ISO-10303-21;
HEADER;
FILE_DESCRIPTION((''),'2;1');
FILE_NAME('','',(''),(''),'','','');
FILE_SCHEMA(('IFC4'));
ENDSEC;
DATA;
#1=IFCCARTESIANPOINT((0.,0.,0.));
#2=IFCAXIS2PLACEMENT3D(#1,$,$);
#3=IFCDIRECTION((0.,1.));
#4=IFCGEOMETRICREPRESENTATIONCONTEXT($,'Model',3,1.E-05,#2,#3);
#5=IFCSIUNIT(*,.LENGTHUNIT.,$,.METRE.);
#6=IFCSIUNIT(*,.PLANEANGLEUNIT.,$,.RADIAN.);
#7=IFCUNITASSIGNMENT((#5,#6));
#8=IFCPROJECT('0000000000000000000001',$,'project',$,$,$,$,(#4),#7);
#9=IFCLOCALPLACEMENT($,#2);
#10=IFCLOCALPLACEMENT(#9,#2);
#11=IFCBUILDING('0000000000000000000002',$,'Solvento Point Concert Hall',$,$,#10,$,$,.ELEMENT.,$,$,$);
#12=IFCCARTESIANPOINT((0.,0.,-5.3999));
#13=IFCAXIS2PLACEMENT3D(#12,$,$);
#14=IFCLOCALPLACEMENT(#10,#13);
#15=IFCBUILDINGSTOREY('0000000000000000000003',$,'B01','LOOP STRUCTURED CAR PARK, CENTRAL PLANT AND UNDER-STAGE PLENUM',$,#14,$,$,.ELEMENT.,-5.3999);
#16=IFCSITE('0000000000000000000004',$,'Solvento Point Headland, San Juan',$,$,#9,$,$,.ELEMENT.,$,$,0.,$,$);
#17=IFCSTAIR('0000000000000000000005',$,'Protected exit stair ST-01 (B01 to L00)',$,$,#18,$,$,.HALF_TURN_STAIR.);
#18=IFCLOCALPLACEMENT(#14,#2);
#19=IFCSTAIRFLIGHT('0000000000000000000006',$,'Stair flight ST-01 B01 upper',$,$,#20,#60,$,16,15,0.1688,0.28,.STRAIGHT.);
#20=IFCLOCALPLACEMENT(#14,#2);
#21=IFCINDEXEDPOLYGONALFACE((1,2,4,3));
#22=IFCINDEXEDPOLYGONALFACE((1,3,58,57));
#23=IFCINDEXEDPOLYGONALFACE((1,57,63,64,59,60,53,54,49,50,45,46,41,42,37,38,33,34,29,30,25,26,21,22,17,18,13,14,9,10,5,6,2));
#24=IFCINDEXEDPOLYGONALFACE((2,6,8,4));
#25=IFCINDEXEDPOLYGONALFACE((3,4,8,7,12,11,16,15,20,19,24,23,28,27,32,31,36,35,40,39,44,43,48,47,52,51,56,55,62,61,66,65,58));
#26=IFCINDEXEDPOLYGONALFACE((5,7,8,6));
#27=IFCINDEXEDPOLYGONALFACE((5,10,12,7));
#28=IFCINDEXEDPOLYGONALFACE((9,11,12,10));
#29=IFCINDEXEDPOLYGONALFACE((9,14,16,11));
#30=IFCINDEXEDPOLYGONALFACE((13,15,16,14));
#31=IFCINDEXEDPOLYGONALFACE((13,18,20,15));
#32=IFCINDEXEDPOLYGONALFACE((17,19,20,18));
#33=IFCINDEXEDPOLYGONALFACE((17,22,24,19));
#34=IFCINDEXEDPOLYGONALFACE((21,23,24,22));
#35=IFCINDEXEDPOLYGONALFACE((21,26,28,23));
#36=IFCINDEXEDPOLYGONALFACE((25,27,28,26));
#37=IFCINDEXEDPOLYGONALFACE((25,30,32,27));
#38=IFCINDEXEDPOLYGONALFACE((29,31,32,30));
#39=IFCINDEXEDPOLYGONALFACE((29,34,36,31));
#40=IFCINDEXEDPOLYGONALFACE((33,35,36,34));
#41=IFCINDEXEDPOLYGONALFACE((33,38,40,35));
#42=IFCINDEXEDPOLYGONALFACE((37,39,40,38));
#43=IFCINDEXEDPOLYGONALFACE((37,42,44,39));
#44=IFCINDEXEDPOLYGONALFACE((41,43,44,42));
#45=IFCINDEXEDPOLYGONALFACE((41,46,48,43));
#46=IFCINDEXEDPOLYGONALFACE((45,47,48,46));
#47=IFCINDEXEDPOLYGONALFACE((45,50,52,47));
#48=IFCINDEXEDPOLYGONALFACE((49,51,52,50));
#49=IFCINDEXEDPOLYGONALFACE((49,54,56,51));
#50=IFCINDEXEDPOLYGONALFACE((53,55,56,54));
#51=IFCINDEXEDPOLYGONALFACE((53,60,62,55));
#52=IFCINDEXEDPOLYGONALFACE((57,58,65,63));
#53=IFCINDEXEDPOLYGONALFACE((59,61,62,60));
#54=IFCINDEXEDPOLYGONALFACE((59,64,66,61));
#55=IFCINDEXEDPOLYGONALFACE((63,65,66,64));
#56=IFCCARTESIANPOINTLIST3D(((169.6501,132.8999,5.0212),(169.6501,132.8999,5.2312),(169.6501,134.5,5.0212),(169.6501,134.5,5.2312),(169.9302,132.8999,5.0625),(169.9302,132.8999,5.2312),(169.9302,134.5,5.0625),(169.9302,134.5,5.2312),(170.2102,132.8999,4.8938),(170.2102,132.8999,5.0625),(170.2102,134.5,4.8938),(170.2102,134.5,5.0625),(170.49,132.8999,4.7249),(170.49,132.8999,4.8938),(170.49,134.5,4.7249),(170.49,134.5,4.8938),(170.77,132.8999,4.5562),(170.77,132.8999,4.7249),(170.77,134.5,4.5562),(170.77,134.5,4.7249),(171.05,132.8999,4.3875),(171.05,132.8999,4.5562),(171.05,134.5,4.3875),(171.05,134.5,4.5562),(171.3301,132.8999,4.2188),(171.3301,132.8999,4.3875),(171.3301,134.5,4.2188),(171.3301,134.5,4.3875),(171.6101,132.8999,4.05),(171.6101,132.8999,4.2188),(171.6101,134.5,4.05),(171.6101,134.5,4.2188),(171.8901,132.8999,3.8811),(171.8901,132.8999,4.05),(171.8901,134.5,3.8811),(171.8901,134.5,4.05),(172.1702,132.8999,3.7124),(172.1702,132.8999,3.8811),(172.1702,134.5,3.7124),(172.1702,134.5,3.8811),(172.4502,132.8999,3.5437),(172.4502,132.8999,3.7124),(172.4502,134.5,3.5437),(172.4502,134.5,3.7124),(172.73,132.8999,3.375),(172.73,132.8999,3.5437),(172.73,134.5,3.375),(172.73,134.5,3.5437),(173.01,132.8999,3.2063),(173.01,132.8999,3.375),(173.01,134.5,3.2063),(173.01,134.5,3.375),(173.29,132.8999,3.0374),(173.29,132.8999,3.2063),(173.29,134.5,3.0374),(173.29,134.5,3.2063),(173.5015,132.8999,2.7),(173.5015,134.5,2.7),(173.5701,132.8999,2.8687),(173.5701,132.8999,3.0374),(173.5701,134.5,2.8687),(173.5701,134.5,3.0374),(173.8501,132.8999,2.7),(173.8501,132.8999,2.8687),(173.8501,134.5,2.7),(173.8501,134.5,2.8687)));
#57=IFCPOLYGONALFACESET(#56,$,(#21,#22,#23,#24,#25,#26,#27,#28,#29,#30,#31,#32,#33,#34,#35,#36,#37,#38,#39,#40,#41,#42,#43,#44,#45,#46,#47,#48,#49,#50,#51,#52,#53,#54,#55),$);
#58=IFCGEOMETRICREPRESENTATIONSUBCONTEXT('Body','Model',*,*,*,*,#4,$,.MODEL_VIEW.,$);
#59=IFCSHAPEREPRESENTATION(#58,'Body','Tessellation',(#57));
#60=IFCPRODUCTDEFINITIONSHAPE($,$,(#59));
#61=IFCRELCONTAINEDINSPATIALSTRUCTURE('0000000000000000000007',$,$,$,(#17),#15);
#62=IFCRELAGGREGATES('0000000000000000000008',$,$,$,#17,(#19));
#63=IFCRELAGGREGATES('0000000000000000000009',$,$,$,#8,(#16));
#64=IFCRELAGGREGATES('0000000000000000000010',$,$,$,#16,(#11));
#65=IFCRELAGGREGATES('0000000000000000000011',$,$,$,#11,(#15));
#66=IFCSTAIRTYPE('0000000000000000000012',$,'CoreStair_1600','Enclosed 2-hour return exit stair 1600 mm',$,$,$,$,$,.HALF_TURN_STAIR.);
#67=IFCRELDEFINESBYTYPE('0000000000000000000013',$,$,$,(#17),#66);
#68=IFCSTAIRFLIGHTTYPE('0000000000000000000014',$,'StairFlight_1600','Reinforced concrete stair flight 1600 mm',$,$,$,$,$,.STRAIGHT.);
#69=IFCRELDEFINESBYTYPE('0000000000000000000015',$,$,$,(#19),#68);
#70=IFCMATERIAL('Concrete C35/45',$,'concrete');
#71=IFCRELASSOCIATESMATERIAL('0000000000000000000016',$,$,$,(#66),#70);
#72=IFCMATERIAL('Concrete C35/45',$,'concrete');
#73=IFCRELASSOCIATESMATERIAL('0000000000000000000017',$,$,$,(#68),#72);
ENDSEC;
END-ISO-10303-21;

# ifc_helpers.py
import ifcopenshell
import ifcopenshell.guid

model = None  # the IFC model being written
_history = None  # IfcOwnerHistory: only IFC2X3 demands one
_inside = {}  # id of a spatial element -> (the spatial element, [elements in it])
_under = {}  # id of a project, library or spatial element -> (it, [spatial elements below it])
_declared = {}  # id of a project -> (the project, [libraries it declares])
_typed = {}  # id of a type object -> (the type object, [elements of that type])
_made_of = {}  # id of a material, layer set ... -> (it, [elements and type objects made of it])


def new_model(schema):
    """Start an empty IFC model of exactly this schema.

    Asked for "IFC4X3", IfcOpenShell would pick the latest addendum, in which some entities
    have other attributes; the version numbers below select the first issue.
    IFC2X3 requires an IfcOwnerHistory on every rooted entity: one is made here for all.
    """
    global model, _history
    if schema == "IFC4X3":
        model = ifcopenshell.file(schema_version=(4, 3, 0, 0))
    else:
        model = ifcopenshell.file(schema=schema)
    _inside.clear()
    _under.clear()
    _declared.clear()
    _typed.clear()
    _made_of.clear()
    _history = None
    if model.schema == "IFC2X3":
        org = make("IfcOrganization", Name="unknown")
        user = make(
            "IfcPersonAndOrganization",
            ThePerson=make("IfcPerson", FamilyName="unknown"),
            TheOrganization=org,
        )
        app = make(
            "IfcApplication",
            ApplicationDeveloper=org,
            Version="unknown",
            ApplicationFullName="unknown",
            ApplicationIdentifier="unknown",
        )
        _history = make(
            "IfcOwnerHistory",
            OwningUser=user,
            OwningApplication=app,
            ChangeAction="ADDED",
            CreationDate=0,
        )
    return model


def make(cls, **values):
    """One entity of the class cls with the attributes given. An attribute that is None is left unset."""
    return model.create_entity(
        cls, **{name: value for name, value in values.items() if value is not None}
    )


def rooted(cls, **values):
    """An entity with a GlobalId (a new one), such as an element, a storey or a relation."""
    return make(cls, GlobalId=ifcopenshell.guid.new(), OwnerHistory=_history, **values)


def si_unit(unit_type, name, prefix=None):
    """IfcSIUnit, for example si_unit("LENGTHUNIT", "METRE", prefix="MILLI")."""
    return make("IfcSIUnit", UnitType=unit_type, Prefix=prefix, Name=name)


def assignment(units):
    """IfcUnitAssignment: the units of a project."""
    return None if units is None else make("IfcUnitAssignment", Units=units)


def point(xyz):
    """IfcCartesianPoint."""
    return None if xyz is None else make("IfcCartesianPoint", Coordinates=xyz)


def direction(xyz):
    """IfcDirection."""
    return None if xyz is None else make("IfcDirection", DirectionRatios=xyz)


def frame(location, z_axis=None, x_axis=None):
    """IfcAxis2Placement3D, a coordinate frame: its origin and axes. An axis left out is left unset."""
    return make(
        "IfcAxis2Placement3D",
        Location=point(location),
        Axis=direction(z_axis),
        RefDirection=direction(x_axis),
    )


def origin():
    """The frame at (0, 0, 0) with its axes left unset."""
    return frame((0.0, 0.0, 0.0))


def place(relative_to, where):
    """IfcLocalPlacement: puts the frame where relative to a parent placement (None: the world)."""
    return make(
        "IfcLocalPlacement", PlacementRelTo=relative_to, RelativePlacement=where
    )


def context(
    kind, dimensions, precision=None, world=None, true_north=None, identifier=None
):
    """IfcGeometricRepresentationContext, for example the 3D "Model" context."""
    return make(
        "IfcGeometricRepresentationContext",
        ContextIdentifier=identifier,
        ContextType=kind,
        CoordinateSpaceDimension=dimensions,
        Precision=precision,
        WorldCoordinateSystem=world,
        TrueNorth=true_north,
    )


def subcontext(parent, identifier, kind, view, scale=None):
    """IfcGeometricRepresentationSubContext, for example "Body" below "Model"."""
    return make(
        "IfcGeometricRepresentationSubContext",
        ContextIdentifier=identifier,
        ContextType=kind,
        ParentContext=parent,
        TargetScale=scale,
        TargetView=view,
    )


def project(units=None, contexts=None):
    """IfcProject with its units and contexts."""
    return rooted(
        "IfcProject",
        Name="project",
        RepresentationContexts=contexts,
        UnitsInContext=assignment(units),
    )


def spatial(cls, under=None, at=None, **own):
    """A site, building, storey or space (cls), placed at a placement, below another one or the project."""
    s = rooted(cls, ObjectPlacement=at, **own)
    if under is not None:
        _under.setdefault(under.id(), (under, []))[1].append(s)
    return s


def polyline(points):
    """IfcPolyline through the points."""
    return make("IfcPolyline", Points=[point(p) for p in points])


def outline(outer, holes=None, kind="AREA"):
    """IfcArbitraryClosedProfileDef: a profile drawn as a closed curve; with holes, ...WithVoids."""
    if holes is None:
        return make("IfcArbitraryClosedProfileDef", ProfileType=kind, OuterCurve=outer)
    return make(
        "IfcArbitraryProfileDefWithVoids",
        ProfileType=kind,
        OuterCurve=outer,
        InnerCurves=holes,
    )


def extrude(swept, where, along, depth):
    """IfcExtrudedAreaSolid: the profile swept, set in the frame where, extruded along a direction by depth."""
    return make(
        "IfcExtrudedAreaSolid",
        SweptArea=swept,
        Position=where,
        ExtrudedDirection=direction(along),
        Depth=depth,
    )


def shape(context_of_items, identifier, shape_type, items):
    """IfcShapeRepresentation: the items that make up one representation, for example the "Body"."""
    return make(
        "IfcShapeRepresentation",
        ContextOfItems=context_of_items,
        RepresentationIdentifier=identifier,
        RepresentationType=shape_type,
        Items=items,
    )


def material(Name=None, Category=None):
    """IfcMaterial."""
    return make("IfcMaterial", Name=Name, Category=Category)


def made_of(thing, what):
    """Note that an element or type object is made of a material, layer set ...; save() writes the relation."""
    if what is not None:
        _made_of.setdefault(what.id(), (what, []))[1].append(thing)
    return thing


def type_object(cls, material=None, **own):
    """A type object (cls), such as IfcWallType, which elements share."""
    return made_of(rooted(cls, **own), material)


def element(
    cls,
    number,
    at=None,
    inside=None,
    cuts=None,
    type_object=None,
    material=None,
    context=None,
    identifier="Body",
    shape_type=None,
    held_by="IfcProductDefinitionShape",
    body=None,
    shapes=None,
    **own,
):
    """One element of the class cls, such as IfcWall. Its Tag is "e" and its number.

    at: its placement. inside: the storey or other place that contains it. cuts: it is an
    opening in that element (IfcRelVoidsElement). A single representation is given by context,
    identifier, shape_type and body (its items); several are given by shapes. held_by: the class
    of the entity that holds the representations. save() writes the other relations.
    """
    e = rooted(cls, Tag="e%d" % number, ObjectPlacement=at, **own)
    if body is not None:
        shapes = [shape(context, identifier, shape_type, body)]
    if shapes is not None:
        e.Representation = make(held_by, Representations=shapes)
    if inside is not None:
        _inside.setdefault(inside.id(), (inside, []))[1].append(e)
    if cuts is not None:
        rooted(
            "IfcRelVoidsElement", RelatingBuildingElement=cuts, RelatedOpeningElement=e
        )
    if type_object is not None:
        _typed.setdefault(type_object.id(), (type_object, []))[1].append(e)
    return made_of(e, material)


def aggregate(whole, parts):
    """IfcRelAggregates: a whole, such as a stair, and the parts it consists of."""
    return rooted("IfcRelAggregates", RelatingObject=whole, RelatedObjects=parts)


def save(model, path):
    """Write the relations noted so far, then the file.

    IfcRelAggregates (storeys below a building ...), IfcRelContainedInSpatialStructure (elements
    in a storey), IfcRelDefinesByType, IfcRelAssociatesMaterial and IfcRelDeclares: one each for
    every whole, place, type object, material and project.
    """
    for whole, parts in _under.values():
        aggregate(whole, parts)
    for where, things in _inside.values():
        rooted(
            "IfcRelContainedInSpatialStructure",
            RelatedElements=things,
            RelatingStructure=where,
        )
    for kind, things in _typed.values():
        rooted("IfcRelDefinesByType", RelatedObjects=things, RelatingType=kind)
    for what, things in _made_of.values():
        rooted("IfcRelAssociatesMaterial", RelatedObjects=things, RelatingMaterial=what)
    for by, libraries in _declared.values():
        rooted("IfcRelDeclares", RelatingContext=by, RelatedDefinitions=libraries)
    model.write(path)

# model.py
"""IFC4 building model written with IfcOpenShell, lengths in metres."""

from ifc_helpers import new_model, si_unit, direction, frame, origin, place, context, subcontext, project, spatial, polyline, outline, extrude, material, type_object, element, aggregate, save


model = new_model("IFC4")

# Units and contexts
model_context = context("Model", 3, precision=1e-05, world=origin(), true_north=direction((0.0, 1.0)))
body_context = subcontext(model_context, "Body", "Model", "MODEL_VIEW")
ifc_project = project(units=[si_unit("LENGTHUNIT", "METRE"), si_unit("PLANEANGLEUNIT", "RADIAN")], contexts=[model_context])

# Site, building, storey
site_placement = place(None, origin())
site = spatial("IfcSite", under=ifc_project, at=site_placement, Name="Solvento Point Headland, San Juan", CompositionType="ELEMENT", RefElevation=0.0)
building_placement = place(site_placement, origin())
building = spatial("IfcBuilding", under=site, at=building_placement, Name="Solvento Point Concert Hall", CompositionType="ELEMENT")
storey_placement = place(building_placement, frame((0.0, 0.0, -5.3999)))
storey = spatial("IfcBuildingStorey", under=building, at=storey_placement, Name="B01", Description="LOOP STRUCTURED CAR PARK, CENTRAL PLANT AND UNDER-STAGE PLENUM", CompositionType="ELEMENT", Elevation=-5.3999)

# Stair, stair flight
ifc_material_1 = material(Name="Concrete C35/45", Category="concrete")
stair_type = type_object("IfcStairType", Name="CoreStair_1600", Description="Enclosed 2-hour return exit stair 1600 mm", PredefinedType="HALF_TURN_STAIR", material=ifc_material_1)
stair_placement = place(storey_placement, origin())
stair = element("IfcStair", 1, at=stair_placement, inside=storey, type_object=stair_type, Name="Protected exit stair ST-01 (B01 to L00)", PredefinedType="HALF_TURN_STAIR")
ifc_material_2 = material(Name="Concrete C35/45", Category="concrete")
stair_flight_type = type_object("IfcStairFlightType", Name="StairFlight_1600", Description="Reinforced concrete stair flight 1600 mm", PredefinedType="STRAIGHT", material=ifc_material_2)
stair_flight_placement = place(storey_placement, frame((173.8501, 133.7, 2.7), z_axis=(0.0, 0.0, 1.0), x_axis=(-1.0, 0.0, 0.0)))
stair_flight = element("IfcStairFlight", 2, at=stair_flight_placement, type_object=stair_flight_type, Name="Stair flight ST-01 B01 upper", NumberOfRisers=16, NumberOfTreads=15, PredefinedType="STRAIGHT", RiserHeight=0.1688, TreadLength=0.28, context=body_context, shape_type="SweptSolid", body=[
    extrude(outline(polyline([(0.0, 0.0), (0.0, 0.1687), (0.28, 0.1687), (0.28, 0.3374), (0.5601, 0.3374), (0.5601, 0.5063), (0.8401, 0.5063), (0.8401, 0.675), (1.1201, 0.675), (1.1201, 0.8438), (1.3999, 0.8438), (1.3999, 1.0125), (1.6799, 1.0125), (1.6799, 1.1812), (1.96, 1.1812), (1.96, 1.3501), (2.24, 1.3501), (2.24, 1.5188), (2.52, 1.5188), (2.52, 1.6875), (2.8, 1.6875), (2.8, 1.8562), (3.0801, 1.8562), (3.0801, 2.0249), (3.3601, 2.0249), (3.3601, 2.1938), (3.6399, 2.1938), (3.6399, 2.3625), (3.9199, 2.3625), (3.9199, 2.5312), (4.2, 2.5312), (4.2, 2.7), (4.2, 2.3213), (0.3486, 0.0), (0.0, 0.0)])), frame((0.0, 0.8, 0.0), z_axis=(0.0, -1.0, 0.0), x_axis=(1.0, 0.0, 0.0)), (0.0, 0.0, 1.0), 1.6001),
])
aggregate(stair, [stair_flight])

save(model, "model.ifc")
